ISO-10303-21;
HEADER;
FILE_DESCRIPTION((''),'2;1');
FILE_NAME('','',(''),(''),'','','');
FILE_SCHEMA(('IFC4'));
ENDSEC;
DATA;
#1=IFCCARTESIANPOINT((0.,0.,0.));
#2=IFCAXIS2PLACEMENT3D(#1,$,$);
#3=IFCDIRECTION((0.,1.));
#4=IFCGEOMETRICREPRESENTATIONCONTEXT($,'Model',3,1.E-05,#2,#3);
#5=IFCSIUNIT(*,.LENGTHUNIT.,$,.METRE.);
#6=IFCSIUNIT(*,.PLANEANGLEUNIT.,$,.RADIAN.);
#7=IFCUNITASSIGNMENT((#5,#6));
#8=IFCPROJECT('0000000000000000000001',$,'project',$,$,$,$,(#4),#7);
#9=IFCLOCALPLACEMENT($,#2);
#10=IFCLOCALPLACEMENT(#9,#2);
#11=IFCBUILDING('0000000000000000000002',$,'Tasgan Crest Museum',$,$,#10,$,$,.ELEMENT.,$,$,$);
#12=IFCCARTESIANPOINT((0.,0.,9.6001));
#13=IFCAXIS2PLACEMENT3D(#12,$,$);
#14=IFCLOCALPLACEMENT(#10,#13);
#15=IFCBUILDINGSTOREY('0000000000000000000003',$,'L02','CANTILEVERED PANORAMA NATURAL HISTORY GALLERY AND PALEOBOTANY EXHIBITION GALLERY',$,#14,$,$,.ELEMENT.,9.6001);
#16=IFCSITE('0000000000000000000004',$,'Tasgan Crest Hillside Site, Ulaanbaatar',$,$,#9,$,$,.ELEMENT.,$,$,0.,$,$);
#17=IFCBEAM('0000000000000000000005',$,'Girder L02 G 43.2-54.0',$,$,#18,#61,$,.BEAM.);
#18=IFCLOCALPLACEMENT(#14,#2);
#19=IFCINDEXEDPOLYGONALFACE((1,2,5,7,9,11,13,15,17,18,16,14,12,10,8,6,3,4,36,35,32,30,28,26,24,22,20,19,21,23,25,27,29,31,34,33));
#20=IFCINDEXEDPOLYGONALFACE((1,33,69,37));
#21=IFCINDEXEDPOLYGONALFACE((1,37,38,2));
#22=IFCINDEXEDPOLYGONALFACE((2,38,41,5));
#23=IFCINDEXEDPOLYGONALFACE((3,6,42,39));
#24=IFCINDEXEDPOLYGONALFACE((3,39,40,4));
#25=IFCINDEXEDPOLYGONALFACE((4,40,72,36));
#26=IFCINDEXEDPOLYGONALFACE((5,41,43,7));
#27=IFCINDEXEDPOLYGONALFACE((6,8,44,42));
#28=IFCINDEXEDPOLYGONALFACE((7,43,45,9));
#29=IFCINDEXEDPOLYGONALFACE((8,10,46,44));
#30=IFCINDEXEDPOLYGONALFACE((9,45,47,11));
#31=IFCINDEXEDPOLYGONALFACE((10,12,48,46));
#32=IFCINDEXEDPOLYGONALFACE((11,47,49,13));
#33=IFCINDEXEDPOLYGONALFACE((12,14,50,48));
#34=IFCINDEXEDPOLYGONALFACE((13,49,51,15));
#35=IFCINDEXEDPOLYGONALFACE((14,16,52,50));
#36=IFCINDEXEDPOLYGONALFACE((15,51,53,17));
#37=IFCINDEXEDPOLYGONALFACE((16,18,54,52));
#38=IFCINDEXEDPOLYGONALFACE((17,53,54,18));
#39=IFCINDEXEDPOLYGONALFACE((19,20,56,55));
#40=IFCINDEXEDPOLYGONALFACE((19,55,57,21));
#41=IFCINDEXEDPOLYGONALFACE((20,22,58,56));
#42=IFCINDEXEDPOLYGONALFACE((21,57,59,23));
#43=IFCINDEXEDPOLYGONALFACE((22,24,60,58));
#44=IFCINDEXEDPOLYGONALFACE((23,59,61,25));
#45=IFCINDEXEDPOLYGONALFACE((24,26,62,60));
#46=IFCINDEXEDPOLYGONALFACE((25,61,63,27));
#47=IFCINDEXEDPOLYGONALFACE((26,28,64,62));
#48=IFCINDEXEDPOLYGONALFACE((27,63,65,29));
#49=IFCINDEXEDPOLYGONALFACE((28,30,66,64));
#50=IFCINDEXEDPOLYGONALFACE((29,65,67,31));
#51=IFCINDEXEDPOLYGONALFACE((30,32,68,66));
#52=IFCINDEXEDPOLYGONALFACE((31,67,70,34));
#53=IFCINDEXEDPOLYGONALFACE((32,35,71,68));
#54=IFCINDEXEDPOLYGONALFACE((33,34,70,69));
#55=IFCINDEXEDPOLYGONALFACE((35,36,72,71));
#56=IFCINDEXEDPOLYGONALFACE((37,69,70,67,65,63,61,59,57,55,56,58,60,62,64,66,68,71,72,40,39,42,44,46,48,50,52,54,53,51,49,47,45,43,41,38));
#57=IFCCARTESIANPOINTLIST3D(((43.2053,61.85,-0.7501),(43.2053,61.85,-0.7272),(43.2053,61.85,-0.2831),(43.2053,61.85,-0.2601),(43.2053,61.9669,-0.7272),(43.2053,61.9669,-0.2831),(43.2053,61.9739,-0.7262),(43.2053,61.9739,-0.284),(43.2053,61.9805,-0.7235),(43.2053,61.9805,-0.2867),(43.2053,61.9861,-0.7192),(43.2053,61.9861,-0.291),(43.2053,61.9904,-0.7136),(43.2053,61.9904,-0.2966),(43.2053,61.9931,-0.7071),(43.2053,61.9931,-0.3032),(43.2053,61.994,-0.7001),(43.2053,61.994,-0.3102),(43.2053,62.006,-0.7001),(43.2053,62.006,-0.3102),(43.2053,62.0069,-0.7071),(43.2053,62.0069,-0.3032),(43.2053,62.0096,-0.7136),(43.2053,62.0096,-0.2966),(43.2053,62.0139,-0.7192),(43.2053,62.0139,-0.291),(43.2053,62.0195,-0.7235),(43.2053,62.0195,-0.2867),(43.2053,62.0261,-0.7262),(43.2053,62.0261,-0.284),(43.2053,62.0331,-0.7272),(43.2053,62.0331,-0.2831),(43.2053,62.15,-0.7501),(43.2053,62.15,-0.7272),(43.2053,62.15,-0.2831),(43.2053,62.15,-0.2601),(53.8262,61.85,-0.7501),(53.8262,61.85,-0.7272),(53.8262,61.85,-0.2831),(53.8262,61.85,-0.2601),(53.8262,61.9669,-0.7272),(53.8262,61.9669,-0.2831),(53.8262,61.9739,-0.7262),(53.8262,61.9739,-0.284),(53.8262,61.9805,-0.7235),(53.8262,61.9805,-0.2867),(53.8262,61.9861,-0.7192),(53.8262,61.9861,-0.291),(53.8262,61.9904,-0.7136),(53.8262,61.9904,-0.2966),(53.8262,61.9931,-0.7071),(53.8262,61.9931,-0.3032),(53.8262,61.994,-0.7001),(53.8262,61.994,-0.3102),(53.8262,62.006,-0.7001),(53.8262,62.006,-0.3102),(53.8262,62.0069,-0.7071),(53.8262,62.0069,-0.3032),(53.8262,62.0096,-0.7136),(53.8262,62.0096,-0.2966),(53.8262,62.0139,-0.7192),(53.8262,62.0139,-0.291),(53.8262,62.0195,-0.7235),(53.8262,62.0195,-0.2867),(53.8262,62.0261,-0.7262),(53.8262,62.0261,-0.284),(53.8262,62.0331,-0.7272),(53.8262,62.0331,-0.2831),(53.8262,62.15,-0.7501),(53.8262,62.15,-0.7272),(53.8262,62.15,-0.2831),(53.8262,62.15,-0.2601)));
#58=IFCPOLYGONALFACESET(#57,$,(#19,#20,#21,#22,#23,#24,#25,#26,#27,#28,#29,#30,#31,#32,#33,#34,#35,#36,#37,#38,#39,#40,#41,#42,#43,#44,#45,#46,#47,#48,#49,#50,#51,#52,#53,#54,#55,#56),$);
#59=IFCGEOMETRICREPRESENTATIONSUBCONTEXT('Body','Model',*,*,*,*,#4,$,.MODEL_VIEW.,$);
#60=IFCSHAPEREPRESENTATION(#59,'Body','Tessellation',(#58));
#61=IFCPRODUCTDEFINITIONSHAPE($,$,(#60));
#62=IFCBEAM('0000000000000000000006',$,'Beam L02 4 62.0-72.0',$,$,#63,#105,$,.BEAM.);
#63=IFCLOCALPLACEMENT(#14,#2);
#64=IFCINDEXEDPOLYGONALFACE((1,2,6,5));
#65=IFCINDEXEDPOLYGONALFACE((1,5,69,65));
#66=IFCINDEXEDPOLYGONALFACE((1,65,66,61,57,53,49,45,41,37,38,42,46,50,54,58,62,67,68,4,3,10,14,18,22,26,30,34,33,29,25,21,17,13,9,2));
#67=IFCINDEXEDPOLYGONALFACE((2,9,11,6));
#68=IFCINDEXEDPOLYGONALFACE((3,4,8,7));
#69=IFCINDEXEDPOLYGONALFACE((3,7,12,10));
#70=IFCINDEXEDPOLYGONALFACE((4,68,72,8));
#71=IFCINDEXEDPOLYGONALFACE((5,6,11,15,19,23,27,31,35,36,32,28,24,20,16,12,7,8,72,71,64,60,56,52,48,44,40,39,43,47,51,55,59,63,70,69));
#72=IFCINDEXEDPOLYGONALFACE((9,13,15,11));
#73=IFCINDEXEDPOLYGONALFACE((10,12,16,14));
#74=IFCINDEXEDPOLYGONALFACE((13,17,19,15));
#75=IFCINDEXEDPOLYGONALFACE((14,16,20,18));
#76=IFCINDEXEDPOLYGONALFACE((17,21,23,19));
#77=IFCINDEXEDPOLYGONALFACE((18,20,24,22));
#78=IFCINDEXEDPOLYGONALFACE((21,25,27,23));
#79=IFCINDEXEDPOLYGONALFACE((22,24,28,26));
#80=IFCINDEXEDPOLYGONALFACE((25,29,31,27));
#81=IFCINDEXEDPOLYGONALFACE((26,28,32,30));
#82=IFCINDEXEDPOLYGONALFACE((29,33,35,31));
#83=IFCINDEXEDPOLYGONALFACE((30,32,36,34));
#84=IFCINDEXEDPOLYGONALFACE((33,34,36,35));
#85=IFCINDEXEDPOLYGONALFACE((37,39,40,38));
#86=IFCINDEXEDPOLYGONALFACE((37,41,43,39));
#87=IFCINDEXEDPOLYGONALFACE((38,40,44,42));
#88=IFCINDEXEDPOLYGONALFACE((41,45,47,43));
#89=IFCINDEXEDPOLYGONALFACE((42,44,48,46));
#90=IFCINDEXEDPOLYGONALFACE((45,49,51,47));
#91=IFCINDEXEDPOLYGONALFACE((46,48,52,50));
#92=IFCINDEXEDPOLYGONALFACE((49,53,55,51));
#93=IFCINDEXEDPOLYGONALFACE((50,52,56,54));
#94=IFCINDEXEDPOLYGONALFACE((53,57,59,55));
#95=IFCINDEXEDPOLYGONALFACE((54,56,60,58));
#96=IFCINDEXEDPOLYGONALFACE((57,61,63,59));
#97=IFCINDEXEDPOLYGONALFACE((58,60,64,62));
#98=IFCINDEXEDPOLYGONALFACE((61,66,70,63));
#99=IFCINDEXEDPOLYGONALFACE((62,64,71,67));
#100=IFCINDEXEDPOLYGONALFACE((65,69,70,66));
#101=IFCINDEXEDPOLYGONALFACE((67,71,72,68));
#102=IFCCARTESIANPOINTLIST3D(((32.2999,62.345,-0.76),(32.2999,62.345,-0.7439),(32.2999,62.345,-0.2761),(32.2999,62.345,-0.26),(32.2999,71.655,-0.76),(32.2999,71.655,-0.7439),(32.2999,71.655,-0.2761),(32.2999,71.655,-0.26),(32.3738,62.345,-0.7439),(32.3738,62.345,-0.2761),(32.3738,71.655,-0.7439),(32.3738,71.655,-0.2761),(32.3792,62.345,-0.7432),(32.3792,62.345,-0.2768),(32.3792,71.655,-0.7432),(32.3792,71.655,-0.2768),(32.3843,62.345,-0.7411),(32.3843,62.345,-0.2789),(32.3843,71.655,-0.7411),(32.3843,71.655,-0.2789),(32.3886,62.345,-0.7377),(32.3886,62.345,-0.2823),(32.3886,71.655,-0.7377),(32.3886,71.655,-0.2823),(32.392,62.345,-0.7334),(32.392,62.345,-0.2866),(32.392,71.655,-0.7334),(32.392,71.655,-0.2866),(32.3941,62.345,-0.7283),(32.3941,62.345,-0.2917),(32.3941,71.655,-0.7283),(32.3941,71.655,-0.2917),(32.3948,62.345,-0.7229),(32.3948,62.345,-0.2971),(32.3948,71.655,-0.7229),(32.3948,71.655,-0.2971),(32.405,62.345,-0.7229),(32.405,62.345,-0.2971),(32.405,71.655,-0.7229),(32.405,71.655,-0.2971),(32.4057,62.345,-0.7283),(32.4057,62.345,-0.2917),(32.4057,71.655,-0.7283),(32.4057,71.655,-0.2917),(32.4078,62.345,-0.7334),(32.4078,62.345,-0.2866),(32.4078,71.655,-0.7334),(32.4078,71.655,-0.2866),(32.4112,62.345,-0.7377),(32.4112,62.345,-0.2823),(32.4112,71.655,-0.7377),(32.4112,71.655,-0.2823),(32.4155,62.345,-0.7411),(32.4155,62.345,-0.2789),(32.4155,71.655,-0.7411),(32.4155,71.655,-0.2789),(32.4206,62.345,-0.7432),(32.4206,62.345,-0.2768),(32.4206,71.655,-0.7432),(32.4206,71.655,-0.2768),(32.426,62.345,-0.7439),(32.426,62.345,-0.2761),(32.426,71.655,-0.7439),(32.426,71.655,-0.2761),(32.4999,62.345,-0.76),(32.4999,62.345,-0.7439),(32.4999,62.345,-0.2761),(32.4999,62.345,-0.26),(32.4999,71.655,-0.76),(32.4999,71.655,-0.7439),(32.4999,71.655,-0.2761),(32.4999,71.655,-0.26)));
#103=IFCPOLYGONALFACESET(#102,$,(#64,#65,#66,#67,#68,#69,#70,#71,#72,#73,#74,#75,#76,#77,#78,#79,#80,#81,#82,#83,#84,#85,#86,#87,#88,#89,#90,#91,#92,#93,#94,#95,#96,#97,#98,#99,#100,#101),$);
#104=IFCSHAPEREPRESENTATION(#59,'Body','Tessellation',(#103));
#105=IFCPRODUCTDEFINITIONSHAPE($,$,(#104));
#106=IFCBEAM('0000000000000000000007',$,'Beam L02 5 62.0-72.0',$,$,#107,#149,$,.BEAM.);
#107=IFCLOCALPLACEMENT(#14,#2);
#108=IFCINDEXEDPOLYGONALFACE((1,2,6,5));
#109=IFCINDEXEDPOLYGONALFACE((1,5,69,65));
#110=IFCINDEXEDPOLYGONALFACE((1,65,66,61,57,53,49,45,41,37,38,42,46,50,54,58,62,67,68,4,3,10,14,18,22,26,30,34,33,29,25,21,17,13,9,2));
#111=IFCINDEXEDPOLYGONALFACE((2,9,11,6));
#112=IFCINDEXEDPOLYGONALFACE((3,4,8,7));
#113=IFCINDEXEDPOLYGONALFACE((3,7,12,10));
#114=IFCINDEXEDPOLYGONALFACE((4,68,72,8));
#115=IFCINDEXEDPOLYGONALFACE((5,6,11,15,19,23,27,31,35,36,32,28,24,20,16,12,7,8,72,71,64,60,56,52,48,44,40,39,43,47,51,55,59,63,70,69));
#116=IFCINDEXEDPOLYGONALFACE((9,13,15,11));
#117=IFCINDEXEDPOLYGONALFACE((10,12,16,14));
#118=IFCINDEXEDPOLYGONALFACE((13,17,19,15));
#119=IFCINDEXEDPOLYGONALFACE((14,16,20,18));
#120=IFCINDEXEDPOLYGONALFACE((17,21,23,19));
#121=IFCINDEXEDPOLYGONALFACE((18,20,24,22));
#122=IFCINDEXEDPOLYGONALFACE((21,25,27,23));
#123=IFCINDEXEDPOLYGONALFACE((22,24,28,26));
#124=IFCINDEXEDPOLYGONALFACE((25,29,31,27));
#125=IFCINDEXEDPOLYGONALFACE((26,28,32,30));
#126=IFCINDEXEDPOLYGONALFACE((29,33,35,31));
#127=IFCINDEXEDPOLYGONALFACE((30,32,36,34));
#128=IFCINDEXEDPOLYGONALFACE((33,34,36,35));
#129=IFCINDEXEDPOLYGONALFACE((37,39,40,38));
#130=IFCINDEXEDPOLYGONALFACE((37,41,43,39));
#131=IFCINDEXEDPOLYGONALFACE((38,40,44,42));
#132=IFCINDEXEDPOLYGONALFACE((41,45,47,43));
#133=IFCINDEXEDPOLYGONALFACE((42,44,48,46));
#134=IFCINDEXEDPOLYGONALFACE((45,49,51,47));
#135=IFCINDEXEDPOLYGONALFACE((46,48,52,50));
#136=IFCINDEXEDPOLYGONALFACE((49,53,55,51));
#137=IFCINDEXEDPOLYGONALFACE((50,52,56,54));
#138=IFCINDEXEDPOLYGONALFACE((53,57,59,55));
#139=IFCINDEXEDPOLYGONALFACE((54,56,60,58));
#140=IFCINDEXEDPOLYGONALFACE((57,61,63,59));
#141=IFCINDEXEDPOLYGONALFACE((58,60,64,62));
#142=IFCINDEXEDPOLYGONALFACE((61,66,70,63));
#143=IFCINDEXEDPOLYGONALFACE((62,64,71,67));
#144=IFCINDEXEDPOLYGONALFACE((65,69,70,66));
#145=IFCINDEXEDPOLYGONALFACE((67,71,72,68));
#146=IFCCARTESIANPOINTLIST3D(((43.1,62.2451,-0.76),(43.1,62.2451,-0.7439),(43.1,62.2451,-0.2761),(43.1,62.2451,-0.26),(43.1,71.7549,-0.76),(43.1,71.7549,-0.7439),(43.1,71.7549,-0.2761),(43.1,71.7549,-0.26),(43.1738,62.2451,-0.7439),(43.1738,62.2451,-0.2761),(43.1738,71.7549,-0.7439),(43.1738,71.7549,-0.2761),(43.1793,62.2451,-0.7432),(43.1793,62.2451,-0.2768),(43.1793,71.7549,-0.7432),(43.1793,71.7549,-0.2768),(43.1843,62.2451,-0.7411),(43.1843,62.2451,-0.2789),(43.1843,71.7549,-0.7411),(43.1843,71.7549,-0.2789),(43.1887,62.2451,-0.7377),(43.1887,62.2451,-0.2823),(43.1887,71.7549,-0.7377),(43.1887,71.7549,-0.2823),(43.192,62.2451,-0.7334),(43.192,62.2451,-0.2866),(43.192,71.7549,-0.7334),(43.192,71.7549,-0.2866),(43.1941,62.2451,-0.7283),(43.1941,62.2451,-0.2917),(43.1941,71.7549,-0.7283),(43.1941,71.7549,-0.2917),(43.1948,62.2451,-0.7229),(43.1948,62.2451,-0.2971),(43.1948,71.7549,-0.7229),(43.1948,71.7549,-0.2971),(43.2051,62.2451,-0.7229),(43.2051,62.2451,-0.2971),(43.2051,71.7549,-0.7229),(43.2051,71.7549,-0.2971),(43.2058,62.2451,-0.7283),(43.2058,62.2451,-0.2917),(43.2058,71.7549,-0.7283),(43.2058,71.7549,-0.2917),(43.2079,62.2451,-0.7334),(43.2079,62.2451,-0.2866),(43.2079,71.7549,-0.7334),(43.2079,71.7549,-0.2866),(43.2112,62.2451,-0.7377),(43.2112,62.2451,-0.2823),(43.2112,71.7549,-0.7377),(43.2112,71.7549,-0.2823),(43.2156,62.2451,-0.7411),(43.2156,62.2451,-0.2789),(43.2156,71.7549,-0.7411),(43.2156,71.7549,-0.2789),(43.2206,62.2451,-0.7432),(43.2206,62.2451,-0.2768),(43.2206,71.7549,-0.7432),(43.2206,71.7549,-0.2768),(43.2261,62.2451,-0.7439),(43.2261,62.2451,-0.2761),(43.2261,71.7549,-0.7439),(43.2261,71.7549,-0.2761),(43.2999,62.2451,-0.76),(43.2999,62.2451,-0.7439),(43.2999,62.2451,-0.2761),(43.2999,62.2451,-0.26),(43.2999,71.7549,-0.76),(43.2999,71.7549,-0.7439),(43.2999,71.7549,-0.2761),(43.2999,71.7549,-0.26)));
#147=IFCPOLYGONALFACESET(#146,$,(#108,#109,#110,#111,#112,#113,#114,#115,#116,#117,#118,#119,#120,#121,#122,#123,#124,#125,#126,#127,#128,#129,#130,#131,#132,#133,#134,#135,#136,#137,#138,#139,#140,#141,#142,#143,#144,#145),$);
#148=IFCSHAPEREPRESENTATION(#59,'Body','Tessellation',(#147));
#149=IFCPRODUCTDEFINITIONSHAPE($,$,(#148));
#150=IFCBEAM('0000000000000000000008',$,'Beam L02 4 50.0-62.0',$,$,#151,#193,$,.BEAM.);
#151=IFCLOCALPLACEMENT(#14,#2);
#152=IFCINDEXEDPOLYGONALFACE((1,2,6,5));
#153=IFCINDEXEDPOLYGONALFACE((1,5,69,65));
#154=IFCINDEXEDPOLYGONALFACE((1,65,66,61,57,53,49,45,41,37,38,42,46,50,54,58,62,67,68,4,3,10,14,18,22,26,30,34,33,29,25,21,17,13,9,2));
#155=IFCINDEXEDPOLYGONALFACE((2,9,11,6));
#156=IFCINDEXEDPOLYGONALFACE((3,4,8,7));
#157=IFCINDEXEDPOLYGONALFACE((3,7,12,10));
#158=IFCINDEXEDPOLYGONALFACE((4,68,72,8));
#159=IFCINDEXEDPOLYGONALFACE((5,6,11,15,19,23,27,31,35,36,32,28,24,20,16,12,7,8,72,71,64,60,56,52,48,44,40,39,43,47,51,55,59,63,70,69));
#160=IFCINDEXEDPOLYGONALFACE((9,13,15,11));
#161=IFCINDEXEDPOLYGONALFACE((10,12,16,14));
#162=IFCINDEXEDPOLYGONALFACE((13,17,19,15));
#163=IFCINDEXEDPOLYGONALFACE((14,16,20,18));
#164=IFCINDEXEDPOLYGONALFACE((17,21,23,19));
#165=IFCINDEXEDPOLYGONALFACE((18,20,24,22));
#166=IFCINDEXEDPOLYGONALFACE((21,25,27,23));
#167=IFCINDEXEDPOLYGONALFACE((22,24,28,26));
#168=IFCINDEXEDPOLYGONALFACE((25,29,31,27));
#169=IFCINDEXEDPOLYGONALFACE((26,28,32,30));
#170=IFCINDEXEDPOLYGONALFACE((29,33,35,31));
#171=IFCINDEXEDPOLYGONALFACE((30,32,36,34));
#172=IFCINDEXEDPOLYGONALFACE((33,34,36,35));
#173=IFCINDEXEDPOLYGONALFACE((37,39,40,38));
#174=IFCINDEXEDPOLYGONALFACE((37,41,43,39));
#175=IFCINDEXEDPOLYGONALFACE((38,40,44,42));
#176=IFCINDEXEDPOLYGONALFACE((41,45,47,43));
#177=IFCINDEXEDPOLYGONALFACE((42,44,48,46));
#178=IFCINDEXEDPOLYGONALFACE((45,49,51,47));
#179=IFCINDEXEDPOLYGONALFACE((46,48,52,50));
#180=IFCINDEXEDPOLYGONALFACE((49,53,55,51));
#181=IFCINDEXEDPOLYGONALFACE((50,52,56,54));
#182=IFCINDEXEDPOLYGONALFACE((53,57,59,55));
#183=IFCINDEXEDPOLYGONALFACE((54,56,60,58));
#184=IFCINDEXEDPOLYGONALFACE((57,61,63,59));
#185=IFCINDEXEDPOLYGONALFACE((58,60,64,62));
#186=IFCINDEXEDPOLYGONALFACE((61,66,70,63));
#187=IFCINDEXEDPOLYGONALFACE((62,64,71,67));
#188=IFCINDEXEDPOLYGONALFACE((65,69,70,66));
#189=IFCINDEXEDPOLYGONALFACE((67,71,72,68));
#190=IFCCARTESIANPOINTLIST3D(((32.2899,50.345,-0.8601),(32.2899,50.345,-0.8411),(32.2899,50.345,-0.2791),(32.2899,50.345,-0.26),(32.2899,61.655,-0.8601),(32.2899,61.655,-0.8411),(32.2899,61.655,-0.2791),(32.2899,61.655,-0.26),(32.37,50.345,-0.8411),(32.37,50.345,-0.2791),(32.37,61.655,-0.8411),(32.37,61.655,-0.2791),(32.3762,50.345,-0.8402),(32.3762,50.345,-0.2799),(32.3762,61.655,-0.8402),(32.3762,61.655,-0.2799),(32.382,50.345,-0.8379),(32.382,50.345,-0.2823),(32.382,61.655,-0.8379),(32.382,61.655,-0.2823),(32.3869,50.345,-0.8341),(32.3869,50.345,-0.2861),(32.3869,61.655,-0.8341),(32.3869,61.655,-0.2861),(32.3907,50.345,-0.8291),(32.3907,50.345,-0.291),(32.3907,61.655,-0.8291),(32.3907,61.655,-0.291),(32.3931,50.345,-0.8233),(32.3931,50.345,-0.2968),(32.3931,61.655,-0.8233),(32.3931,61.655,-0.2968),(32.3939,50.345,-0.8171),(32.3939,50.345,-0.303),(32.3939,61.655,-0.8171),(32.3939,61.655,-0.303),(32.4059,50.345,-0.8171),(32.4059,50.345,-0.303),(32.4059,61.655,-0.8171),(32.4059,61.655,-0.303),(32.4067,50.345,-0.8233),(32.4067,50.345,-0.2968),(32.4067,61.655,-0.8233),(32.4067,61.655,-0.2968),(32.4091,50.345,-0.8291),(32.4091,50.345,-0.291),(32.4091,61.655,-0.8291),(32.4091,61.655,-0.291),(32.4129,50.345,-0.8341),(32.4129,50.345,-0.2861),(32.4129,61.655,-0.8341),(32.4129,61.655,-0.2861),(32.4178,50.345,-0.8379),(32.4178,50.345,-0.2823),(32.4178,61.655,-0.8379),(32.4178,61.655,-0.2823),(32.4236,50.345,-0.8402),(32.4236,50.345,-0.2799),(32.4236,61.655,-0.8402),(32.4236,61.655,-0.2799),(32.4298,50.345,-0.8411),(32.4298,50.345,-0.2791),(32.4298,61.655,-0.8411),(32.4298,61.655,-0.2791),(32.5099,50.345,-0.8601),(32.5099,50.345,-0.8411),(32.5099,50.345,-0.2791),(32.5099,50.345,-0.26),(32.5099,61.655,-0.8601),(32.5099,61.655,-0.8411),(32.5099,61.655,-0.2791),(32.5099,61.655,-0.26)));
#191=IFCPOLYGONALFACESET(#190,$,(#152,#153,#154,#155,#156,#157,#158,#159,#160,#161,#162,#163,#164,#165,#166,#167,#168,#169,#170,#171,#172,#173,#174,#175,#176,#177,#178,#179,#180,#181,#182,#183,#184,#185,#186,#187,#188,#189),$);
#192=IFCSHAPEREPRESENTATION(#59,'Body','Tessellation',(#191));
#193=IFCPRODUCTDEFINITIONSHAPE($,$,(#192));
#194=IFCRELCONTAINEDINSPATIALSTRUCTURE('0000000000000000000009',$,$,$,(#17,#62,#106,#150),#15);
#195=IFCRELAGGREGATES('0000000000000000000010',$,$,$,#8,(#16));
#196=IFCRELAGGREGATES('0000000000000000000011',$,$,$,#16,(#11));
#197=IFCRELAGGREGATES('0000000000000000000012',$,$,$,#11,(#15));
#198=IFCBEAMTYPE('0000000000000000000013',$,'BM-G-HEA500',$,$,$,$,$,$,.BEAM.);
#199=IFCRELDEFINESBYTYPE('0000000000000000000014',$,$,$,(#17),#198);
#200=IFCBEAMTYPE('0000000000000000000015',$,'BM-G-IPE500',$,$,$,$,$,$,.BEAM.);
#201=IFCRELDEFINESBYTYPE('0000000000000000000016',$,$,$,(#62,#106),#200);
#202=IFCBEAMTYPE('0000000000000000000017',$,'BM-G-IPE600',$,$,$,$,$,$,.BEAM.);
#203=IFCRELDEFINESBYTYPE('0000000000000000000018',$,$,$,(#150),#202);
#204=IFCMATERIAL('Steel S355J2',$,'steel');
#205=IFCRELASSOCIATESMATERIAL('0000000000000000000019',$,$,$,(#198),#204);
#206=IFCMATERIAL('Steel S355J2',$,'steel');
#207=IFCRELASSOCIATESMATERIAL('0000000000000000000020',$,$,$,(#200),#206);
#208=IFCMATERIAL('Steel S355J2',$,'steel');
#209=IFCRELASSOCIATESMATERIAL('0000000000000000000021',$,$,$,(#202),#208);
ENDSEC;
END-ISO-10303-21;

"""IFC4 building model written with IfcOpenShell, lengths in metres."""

from ifc_helpers import new_model, si_unit, direction, frame, origin, origin_2d, place, context, subcontext, project, spatial, i_section, extrude, material, material_profile, profile_set, type_object, element, save


model = new_model("IFC4")

# Units and contexts
model_context = context("Model", 3, precision=1e-05, world=origin(), true_north=direction((0.0, 1.0)))
body_context = subcontext(model_context, "Body", "Model", "MODEL_VIEW")
ifc_project = project(units=[si_unit("LENGTHUNIT", "METRE"), si_unit("PLANEANGLEUNIT", "RADIAN")], contexts=[model_context])

# Site, building, storey
site_placement = place(None, origin())
site = spatial("IfcSite", under=ifc_project, at=site_placement, Name="Tasgan Crest Hillside Site, Ulaanbaatar", CompositionType="ELEMENT", RefElevation=0.0)
building_placement = place(site_placement, origin())
building = spatial("IfcBuilding", under=site, at=building_placement, Name="Tasgan Crest Museum", CompositionType="ELEMENT")
storey_placement = place(building_placement, frame((0.0, 0.0, 9.6001)))
storey = spatial("IfcBuildingStorey", under=building, at=storey_placement, Name="L02", Description="CANTILEVERED PANORAMA NATURAL HISTORY GALLERY AND PALEOBOTANY EXHIBITION GALLERY", CompositionType="ELEMENT", Elevation=9.6001)

# Beams
ifc_material_1 = material(Name="Steel S355J2", Category="steel")
ifc_material_profile_1 = material_profile(ifc_material_1, i_section(OverallWidth=0.3, OverallDepth=0.49, WebThickness=0.012, FlangeThickness=0.0229, FilletRadius=0.0271, at=origin_2d()), Name="HEA 500")
ifc_profile_set_1 = profile_set([ifc_material_profile_1], Name="Steel S355J2")
beam_type_1 = type_object("IfcBeamType", Name="BM-G-HEA500", PredefinedType="BEAM", material=ifc_profile_set_1)
beam_1_placement = place(storey_placement, frame((43.2053, 62.0, -0.5051), z_axis=(1.0, 0.0, 0.0), x_axis=(0.0, 1.0, 0.0)))
element("IfcBeam", 1, at=beam_1_placement, inside=storey, type_object=beam_type_1, Name="Girder L02 G 43.2-54.0", PredefinedType="BEAM", context=body_context, shape_type="SweptSolid", body=[
    extrude(i_section(OverallWidth=0.3, OverallDepth=0.49, WebThickness=0.012, FlangeThickness=0.0229, FilletRadius=0.0271, at=origin_2d()), origin(), (0.0, 0.0, 1.0), 10.6208),
])
ifc_material_2 = material(Name="Steel S355J2", Category="steel")
ifc_material_profile_2 = material_profile(ifc_material_2, i_section(OverallWidth=0.2, OverallDepth=0.5, WebThickness=0.0103, FlangeThickness=0.0161, FilletRadius=0.021, at=origin_2d()), Name="IPE 500")
ifc_profile_set_2 = profile_set([ifc_material_profile_2], Name="Steel S355J2")
beam_type_2 = type_object("IfcBeamType", Name="BM-G-IPE500", PredefinedType="BEAM", material=ifc_profile_set_2)
beam_2_placement = place(storey_placement, frame((32.3999, 62.345, -0.51), z_axis=(0.0, 1.0, 0.0), x_axis=(-1.0, 0.0, 0.0)))
element("IfcBeam", 2, at=beam_2_placement, inside=storey, type_object=beam_type_2, Name="Beam L02 4 62.0-72.0", PredefinedType="BEAM", context=body_context, shape_type="SweptSolid", body=[
    extrude(i_section(OverallWidth=0.2, OverallDepth=0.5, WebThickness=0.0103, FlangeThickness=0.0161, FilletRadius=0.021, at=origin_2d()), origin(), (0.0, 0.0, 1.0), 9.3101),
])
beam_3_placement = place(storey_placement, frame((43.2, 62.2451, -0.51), z_axis=(0.0, 1.0, 0.0), x_axis=(-1.0, 0.0, 0.0)))
element("IfcBeam", 3, at=beam_3_placement, inside=storey, type_object=beam_type_2, Name="Beam L02 5 62.0-72.0", PredefinedType="BEAM", context=body_context, shape_type="SweptSolid", body=[
    extrude(i_section(OverallWidth=0.2, OverallDepth=0.5, WebThickness=0.0103, FlangeThickness=0.0161, FilletRadius=0.021, at=origin_2d()), origin(), (0.0, 0.0, 1.0), 9.5098),
])
ifc_material_3 = material(Name="Steel S355J2", Category="steel")
ifc_material_profile_3 = material_profile(ifc_material_3, i_section(OverallWidth=0.22, OverallDepth=0.6001, WebThickness=0.012, FlangeThickness=0.019, FilletRadius=0.0239, at=origin_2d()), Name="IPE 600")
ifc_profile_set_3 = profile_set([ifc_material_profile_3], Name="Steel S355J2")
beam_type_3 = type_object("IfcBeamType", Name="BM-G-IPE600", PredefinedType="BEAM", material=ifc_profile_set_3)
beam_4_placement = place(storey_placement, frame((32.3999, 50.345, -0.5601), z_axis=(0.0, 1.0, 0.0), x_axis=(-1.0, 0.0, 0.0)))
element("IfcBeam", 4, at=beam_4_placement, inside=storey, type_object=beam_type_3, Name="Beam L02 4 50.0-62.0", PredefinedType="BEAM", context=body_context, shape_type="SweptSolid", body=[
    extrude(i_section(OverallWidth=0.22, OverallDepth=0.6001, WebThickness=0.012, FlangeThickness=0.019, FilletRadius=0.0239, at=origin_2d()), origin(), (0.0, 0.0, 1.0), 11.3101),
])

save(model, "model.ifc")
